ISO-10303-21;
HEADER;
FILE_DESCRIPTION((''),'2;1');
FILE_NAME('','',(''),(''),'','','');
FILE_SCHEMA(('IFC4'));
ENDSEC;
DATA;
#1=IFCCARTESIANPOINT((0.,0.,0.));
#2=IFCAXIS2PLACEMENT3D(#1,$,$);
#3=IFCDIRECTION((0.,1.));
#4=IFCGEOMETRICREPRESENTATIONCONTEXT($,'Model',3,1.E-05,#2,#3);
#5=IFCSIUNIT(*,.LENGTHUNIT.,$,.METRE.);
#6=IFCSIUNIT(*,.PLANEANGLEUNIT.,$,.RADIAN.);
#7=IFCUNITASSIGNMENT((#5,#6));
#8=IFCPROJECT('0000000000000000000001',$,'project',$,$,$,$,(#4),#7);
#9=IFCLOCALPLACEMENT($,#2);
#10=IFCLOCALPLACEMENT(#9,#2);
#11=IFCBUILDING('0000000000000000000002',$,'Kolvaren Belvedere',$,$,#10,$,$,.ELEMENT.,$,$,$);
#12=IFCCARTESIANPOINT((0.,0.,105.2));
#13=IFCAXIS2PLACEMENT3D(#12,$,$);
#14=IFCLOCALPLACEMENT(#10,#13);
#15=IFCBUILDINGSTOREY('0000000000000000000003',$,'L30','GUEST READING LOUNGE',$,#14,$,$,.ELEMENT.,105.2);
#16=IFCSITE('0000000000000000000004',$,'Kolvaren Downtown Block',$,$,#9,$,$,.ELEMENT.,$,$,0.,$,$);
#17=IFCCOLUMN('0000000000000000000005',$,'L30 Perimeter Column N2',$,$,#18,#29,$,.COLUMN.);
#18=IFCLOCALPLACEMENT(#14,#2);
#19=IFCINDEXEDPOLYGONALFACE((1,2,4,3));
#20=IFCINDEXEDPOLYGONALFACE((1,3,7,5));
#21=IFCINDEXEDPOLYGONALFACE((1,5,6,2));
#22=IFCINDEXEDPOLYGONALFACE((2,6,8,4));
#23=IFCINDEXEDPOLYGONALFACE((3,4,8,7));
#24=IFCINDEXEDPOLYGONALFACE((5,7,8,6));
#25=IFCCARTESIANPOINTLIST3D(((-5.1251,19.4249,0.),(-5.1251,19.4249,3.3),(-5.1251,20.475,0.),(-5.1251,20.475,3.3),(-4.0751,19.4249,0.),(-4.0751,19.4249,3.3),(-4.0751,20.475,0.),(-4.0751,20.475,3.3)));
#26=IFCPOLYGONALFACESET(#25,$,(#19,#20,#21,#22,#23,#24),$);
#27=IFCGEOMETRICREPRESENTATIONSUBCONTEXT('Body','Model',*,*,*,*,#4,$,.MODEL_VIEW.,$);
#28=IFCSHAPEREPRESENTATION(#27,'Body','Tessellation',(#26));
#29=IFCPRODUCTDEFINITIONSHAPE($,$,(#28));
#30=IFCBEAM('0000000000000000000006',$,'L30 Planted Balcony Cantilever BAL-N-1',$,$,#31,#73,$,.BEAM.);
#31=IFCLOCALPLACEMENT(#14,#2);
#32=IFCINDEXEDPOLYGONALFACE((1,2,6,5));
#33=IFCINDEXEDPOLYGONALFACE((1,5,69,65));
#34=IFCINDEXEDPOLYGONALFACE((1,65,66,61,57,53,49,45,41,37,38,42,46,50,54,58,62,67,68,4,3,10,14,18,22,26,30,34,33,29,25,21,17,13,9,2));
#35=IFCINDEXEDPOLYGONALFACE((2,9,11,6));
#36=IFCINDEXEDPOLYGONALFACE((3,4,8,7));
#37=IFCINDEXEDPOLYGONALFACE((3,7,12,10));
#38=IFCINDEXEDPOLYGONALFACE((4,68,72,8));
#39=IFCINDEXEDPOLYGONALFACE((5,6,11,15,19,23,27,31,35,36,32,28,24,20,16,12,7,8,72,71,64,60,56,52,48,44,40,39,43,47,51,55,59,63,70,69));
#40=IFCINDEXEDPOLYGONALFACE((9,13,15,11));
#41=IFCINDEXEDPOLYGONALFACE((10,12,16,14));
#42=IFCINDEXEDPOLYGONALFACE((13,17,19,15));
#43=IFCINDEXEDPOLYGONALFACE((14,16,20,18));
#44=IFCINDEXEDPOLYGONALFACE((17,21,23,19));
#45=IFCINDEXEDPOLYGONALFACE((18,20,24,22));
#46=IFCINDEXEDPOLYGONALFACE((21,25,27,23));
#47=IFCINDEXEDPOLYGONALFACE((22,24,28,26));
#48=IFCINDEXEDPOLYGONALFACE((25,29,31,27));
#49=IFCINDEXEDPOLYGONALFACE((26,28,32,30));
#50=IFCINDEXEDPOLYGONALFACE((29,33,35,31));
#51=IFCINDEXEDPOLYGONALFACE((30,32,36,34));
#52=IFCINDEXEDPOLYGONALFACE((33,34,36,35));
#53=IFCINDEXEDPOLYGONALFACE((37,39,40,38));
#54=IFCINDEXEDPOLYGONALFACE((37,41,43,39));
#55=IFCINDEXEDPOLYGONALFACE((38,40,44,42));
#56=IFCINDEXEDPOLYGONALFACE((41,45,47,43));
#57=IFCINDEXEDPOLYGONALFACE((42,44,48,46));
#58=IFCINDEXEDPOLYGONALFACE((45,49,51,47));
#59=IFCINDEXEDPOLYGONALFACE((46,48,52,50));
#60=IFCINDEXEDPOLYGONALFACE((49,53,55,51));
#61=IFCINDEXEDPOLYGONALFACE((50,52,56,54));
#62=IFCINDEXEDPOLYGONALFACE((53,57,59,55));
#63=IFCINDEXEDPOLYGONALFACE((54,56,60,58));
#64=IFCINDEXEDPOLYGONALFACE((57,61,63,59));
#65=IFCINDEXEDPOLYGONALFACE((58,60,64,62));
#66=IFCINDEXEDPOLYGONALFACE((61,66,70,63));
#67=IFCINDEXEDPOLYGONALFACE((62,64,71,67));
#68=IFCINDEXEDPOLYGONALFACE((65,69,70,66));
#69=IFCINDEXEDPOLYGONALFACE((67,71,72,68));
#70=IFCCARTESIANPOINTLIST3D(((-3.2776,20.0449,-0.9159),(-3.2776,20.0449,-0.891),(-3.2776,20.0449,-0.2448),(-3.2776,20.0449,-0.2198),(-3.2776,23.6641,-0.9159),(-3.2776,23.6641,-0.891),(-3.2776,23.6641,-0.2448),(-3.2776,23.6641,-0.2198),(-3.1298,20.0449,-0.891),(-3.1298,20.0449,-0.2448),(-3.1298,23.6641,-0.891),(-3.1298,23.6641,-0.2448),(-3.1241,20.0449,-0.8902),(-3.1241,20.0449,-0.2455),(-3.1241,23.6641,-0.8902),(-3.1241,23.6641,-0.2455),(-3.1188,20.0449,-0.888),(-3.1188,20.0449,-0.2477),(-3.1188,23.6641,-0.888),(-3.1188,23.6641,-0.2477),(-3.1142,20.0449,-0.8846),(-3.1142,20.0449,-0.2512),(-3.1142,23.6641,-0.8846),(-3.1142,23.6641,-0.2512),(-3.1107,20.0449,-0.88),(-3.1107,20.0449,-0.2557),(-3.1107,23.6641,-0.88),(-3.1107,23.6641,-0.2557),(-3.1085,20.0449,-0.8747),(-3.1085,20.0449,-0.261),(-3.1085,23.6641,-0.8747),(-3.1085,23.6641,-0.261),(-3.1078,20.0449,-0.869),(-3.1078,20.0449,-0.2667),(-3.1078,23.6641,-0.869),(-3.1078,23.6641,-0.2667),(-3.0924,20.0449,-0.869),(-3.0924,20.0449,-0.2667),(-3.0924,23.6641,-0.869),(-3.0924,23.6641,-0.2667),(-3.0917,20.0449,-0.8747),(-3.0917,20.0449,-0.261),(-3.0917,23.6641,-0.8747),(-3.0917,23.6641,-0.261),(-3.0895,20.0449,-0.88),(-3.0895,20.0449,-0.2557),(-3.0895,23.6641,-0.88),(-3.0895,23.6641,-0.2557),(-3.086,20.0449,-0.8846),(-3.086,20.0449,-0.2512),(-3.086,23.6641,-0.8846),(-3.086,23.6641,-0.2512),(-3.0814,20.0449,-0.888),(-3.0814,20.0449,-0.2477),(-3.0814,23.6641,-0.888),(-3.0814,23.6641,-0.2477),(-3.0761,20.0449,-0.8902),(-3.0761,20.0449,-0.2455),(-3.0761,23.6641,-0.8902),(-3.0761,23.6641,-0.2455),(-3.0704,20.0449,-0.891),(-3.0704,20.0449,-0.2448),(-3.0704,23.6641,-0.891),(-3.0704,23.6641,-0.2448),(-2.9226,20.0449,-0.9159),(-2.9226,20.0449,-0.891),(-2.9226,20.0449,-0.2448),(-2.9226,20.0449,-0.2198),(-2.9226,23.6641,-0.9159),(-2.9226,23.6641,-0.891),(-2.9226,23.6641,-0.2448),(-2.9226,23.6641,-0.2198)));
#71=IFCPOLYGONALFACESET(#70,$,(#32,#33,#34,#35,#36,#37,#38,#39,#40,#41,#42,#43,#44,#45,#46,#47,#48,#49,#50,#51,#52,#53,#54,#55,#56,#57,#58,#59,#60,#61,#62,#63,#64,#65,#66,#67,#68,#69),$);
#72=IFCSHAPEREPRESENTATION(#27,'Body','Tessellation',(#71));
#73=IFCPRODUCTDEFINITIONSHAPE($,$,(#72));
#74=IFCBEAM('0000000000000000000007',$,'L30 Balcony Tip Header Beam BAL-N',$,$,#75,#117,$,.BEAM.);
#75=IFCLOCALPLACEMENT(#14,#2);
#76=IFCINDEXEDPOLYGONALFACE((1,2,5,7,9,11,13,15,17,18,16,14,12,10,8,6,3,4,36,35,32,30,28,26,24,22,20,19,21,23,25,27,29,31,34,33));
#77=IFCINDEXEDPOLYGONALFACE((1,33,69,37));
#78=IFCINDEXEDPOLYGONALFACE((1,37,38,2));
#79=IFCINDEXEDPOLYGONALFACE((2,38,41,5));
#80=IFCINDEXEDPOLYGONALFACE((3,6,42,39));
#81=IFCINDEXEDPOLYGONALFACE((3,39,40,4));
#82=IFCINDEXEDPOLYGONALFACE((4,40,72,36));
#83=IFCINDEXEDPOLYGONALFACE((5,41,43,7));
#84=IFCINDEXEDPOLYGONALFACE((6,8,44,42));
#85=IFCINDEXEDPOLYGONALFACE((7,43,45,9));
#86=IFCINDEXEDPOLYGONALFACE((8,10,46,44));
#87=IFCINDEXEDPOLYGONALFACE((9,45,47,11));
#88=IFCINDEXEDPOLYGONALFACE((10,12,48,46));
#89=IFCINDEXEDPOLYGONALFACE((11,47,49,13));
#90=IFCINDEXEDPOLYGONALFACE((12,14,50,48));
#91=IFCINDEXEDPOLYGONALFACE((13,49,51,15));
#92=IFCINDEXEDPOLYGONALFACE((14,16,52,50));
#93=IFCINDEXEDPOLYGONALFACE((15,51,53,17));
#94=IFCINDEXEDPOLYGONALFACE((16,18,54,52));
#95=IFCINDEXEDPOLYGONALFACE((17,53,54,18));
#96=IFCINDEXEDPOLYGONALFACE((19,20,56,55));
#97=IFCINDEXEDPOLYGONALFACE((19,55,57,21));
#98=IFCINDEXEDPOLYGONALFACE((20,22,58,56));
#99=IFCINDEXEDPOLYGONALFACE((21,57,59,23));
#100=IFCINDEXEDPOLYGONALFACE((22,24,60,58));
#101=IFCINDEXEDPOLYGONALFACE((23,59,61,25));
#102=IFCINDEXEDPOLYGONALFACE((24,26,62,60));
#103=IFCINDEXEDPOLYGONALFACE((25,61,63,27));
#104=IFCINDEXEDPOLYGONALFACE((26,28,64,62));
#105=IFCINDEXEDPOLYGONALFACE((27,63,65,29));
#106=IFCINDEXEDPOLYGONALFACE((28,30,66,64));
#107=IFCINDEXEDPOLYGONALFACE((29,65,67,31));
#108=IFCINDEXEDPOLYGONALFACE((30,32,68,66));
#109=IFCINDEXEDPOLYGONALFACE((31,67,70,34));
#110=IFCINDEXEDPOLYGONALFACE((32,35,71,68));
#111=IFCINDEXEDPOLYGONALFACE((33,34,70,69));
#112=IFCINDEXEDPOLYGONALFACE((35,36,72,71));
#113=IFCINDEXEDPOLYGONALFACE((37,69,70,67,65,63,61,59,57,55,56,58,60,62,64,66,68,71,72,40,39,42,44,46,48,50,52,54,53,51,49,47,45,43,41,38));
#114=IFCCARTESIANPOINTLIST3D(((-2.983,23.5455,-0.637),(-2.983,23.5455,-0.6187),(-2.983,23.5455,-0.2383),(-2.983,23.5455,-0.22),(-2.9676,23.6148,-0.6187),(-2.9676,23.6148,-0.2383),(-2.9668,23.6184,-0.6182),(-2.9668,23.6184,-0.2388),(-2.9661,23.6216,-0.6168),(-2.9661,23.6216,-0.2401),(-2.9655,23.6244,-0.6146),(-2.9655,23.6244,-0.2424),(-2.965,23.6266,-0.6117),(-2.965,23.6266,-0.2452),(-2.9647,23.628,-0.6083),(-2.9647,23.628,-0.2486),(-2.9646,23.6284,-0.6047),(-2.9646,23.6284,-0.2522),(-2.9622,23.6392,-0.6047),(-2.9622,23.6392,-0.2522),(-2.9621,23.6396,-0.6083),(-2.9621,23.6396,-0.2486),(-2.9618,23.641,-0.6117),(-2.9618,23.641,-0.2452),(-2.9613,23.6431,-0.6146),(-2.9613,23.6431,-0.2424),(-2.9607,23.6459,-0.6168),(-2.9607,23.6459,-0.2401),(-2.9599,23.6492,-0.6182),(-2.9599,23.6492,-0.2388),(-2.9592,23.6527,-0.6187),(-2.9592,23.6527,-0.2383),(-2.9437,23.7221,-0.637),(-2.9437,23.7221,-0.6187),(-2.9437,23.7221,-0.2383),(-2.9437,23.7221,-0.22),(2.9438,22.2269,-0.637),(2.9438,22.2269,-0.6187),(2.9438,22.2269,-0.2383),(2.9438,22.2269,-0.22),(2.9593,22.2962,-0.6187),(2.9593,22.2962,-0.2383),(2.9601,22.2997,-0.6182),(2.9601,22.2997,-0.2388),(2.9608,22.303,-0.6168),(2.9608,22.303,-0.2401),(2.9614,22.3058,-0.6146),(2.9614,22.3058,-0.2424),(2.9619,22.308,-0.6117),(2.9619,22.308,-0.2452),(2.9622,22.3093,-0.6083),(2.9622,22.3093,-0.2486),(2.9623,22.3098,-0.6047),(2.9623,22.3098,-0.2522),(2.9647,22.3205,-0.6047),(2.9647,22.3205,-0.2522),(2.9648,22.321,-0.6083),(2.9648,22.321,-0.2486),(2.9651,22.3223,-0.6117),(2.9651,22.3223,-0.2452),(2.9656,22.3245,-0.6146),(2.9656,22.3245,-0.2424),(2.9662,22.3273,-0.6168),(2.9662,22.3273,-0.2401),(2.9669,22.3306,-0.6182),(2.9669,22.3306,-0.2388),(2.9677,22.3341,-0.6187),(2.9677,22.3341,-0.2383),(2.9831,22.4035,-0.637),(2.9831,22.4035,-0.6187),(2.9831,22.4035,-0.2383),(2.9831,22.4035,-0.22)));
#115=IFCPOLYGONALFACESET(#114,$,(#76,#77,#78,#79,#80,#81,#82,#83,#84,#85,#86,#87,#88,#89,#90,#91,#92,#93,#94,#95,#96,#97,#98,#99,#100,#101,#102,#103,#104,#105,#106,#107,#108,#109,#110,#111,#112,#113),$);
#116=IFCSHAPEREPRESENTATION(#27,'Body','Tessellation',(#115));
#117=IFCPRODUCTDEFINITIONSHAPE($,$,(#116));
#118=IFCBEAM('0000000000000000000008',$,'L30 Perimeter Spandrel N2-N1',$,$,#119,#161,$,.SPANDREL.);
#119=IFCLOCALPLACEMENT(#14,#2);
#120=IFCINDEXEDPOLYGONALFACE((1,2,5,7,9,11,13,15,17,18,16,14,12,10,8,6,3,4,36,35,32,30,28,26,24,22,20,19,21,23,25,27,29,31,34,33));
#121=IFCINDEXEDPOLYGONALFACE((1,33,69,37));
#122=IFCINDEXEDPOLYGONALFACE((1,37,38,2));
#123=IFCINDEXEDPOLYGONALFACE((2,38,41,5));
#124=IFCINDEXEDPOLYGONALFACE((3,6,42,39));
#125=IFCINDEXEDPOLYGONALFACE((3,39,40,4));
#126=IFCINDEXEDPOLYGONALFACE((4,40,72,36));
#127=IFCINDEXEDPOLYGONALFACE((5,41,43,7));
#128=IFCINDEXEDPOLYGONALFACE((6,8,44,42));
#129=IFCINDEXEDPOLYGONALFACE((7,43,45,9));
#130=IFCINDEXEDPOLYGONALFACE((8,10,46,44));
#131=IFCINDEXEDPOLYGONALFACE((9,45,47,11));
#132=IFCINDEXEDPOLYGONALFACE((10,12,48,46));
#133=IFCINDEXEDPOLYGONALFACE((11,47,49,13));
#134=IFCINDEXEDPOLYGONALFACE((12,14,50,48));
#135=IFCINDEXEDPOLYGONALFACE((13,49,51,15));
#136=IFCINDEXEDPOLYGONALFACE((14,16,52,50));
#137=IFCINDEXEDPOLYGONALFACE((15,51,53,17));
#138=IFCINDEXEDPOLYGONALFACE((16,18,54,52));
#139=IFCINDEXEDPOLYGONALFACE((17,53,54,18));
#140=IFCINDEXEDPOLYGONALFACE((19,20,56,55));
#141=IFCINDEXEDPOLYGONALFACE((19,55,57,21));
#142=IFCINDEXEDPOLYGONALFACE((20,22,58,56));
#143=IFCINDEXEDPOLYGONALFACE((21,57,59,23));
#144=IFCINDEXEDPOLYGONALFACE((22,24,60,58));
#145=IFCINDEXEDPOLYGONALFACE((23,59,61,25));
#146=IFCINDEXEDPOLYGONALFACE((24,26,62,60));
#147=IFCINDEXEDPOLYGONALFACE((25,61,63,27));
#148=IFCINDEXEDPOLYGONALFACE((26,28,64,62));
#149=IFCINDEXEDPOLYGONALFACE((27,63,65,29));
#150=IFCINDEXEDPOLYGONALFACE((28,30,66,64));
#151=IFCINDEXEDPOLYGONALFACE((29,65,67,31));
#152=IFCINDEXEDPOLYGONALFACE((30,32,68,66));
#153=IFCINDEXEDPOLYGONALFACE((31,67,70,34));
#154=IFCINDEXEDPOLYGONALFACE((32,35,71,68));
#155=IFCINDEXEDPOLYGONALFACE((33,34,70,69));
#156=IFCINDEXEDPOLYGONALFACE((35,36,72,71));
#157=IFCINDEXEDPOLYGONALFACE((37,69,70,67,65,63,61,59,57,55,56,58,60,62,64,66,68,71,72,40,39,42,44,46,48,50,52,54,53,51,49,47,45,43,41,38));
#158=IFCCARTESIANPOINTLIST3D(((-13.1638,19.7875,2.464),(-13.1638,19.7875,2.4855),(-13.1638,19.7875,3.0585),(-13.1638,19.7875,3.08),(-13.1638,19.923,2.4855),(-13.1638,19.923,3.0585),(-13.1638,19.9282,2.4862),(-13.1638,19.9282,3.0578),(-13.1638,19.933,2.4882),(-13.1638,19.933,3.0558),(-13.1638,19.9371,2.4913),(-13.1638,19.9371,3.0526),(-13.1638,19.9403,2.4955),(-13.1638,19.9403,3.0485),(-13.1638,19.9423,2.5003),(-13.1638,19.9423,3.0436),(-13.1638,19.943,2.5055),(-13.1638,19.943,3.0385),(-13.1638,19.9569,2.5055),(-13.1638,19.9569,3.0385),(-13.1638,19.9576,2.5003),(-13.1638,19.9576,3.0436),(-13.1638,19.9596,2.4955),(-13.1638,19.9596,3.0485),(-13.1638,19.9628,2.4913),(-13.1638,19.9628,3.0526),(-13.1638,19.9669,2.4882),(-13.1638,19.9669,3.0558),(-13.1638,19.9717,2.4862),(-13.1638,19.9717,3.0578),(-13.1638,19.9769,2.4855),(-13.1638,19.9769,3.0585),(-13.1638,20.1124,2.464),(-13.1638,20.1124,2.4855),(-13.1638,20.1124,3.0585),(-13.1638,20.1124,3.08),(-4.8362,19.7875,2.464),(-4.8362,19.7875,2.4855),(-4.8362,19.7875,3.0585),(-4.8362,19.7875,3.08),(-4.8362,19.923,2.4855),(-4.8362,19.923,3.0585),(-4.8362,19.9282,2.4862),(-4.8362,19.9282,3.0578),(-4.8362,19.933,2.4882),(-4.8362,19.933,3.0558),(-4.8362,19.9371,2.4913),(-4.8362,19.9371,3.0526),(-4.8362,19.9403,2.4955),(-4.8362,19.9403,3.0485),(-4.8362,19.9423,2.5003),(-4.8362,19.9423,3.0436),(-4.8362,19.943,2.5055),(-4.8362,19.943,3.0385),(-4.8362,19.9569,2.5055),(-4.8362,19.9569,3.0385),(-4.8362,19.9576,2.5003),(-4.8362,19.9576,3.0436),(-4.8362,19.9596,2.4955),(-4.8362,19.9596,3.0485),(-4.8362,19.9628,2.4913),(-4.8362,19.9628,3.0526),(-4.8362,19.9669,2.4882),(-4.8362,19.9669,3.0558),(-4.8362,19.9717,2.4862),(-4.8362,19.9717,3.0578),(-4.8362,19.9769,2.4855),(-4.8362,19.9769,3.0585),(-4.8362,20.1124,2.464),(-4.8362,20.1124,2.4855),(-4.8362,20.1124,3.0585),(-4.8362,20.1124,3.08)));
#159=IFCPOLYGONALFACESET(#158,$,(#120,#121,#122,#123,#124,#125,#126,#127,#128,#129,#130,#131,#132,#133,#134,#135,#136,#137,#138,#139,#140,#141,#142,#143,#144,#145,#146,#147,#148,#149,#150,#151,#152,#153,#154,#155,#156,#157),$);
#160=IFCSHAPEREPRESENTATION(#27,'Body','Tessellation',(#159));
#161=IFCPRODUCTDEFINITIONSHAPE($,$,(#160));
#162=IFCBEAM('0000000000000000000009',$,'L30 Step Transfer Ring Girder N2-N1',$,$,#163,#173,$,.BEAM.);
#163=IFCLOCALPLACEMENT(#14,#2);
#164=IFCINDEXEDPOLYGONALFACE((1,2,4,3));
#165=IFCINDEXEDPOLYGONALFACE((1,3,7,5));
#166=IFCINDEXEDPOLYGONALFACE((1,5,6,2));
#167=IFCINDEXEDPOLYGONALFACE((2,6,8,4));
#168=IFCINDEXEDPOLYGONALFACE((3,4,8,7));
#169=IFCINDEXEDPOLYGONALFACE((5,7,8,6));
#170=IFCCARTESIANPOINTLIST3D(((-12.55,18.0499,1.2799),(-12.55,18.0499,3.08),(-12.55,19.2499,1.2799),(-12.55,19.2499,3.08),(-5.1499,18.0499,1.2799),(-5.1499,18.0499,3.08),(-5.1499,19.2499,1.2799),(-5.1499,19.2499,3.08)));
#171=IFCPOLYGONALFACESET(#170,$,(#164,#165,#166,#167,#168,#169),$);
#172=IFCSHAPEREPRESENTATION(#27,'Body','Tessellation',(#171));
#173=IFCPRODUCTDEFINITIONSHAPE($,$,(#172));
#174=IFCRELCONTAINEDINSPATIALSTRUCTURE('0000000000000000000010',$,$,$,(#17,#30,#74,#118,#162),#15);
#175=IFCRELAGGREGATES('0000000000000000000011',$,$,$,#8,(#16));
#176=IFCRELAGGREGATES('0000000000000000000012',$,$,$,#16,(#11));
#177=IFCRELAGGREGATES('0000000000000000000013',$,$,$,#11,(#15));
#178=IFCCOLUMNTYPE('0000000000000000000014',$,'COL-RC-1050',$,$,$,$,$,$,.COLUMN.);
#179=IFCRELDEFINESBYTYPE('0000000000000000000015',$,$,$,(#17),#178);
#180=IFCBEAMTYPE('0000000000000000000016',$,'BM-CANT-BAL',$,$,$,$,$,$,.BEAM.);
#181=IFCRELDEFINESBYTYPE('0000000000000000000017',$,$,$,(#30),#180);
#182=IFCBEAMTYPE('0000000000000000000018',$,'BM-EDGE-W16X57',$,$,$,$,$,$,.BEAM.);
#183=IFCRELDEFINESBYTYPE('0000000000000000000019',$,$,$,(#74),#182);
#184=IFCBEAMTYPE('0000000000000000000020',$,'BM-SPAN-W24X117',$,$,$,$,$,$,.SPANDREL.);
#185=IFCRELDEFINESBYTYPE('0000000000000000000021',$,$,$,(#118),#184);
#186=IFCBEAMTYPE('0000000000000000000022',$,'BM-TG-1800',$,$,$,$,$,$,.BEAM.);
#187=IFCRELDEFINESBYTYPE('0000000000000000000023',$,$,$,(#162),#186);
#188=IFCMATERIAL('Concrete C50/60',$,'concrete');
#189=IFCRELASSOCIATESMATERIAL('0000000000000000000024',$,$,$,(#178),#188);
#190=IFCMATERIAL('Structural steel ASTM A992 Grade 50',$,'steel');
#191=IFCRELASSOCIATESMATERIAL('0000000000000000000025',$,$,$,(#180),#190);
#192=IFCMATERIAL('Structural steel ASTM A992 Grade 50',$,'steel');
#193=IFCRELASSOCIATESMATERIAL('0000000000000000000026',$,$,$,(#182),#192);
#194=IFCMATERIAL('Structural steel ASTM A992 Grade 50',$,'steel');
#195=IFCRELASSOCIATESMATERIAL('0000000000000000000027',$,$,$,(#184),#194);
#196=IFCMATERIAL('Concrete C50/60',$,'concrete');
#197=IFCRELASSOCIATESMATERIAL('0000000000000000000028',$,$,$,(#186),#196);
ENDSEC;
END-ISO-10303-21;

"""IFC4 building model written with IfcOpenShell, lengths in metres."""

from ifc_helpers import new_model, si_unit, direction, frame, origin, origin_2d, place, context, subcontext, project, spatial, rectangle, i_section, extrude, material, material_profile, profile_set, type_object, element, save


model = new_model("IFC4")

# Units and contexts
model_context = context("Model", 3, precision=1e-05, world=origin(), true_north=direction((0.0, 1.0)))
body_context = subcontext(model_context, "Body", "Model", "MODEL_VIEW")
ifc_project = project(units=[si_unit("LENGTHUNIT", "METRE"), si_unit("PLANEANGLEUNIT", "RADIAN")], contexts=[model_context])

# Site, building, storey
site_placement = place(None, origin())
site = spatial("IfcSite", under=ifc_project, at=site_placement, Name="Kolvaren Downtown Block", CompositionType="ELEMENT", RefElevation=0.0)
building_placement = place(site_placement, origin())
building = spatial("IfcBuilding", under=site, at=building_placement, Name="Kolvaren Belvedere", CompositionType="ELEMENT")
storey_placement = place(building_placement, frame((0.0, 0.0, 105.2)))
storey = spatial("IfcBuildingStorey", under=building, at=storey_placement, Name="L30", Description="GUEST READING LOUNGE", CompositionType="ELEMENT", Elevation=105.2)

# Column
ifc_material_1 = material(Name="Concrete C50/60", Category="concrete")
ifc_material_profile_1 = material_profile(ifc_material_1, rectangle(XDim=1.05, YDim=1.05, at=origin_2d()), Name="RC 1050X1050")
ifc_profile_set_1 = profile_set([ifc_material_profile_1], Name="Concrete C50/60")
column_type = type_object("IfcColumnType", Name="COL-RC-1050", PredefinedType="COLUMN", material=ifc_profile_set_1)
column_placement = place(storey_placement, frame((-4.6001, 19.95, 0.0), z_axis=(0.0, 0.0, 1.0), x_axis=(1.0, 0.0, 0.0)))
element("IfcColumn", 1, at=column_placement, inside=storey, type_object=column_type, Name="L30 Perimeter Column N2", PredefinedType="COLUMN", context=body_context, shape_type="SweptSolid", body=[
    extrude(rectangle(XDim=1.05, YDim=1.05, at=origin_2d()), origin(), (0.0, 0.0, 1.0), 3.3),
])

# Beams
ifc_material_2 = material(Name="Structural steel ASTM A992 Grade 50", Category="steel")
ifc_material_profile_2 = material_profile(ifc_material_2, i_section(OverallWidth=0.355, OverallDepth=0.696, WebThickness=0.0154, FlangeThickness=0.0249, FilletRadius=0.022, at=origin_2d()), Name="W27X146")
ifc_profile_set_2 = profile_set([ifc_material_profile_2], Name="Structural steel ASTM A992 Grade 50")
beam_type_1 = type_object("IfcBeamType", Name="BM-CANT-BAL", PredefinedType="BEAM", material=ifc_profile_set_2)
beam_1_placement = place(storey_placement, frame((-3.1001, 20.0449, -0.5679), z_axis=(0.0, 1.0, 0.0), x_axis=(-1.0, 0.0, 0.0)))
element("IfcBeam", 2, at=beam_1_placement, inside=storey, type_object=beam_type_1, Name="L30 Planted Balcony Cantilever BAL-N-1", PredefinedType="BEAM", context=body_context, shape_type="SweptSolid", body=[
    extrude(i_section(OverallWidth=0.355, OverallDepth=0.696, WebThickness=0.0154, FlangeThickness=0.0249, FilletRadius=0.022, at=origin_2d()), origin(), (0.0, 0.0, 1.0), 3.6191),
])
ifc_material_3 = material(Name="Structural steel ASTM A992 Grade 50", Category="steel")
ifc_material_profile_3 = material_profile(ifc_material_3, i_section(OverallWidth=0.1809, OverallDepth=0.417, WebThickness=0.011, FlangeThickness=0.0183, FilletRadius=0.0139, at=origin_2d()), Name="W16X57")
ifc_profile_set_3 = profile_set([ifc_material_profile_3], Name="Structural steel ASTM A992 Grade 50")
beam_type_2 = type_object("IfcBeamType", Name="BM-EDGE-W16X57", PredefinedType="BEAM", material=ifc_profile_set_3)
beam_2_placement = place(storey_placement, frame((-2.9634, 23.6338, -0.4285), z_axis=(0.976133, -0.217173, 0.0), x_axis=(0.217173, 0.976133, 0.0)))
element("IfcBeam", 3, at=beam_2_placement, inside=storey, type_object=beam_type_2, Name="L30 Balcony Tip Header Beam BAL-N", PredefinedType="BEAM", context=body_context, shape_type="SweptSolid", body=[
    extrude(i_section(OverallWidth=0.1809, OverallDepth=0.417, WebThickness=0.011, FlangeThickness=0.0183, FilletRadius=0.0139, at=origin_2d()), origin(), (0.0, 0.0, 1.0), 6.0718),
])
ifc_material_4 = material(Name="Structural steel ASTM A992 Grade 50", Category="steel")
ifc_material_profile_4 = material_profile(ifc_material_4, i_section(OverallWidth=0.325, OverallDepth=0.616, WebThickness=0.0139, FlangeThickness=0.0215, FilletRadius=0.02, at=origin_2d()), Name="W24X117")
ifc_profile_set_4 = profile_set([ifc_material_profile_4], Name="Structural steel ASTM A992 Grade 50")
beam_type_3 = type_object("IfcBeamType", Name="BM-SPAN-W24X117", PredefinedType="SPANDREL", material=ifc_profile_set_4)
beam_3_placement = place(storey_placement, frame((-4.8362, 19.95, 2.772), z_axis=(-1.0, 0.0, 0.0), x_axis=(0.0, -1.0, 0.0)))
element("IfcBeam", 4, at=beam_3_placement, inside=storey, type_object=beam_type_3, Name="L30 Perimeter Spandrel N2-N1", PredefinedType="SPANDREL", context=body_context, shape_type="SweptSolid", body=[
    extrude(i_section(OverallWidth=0.325, OverallDepth=0.616, WebThickness=0.0139, FlangeThickness=0.0215, FilletRadius=0.02, at=origin_2d()), origin(), (0.0, 0.0, 1.0), 8.3276),
])
ifc_material_5 = material(Name="Concrete C50/60", Category="concrete")
ifc_material_profile_5 = material_profile(ifc_material_5, rectangle(XDim=1.2, YDim=1.8, at=origin_2d()), Name="RC 1200X1800")
ifc_profile_set_5 = profile_set([ifc_material_profile_5], Name="Concrete C50/60")
beam_type_4 = type_object("IfcBeamType", Name="BM-TG-1800", PredefinedType="BEAM", material=ifc_profile_set_5)
beam_4_placement = place(storey_placement, frame((-5.1499, 18.6499, 2.1799), z_axis=(-1.0, 0.0, 0.0), x_axis=(0.0, -1.0, 0.0)))
element("IfcBeam", 5, at=beam_4_placement, inside=storey, type_object=beam_type_4, Name="L30 Step Transfer Ring Girder N2-N1", PredefinedType="BEAM", context=body_context, shape_type="SweptSolid", body=[
    extrude(rectangle(XDim=1.2, YDim=1.8, at=origin_2d()), origin(), (0.0, 0.0, 1.0), 7.4001),
])

save(model, "model.ifc")
